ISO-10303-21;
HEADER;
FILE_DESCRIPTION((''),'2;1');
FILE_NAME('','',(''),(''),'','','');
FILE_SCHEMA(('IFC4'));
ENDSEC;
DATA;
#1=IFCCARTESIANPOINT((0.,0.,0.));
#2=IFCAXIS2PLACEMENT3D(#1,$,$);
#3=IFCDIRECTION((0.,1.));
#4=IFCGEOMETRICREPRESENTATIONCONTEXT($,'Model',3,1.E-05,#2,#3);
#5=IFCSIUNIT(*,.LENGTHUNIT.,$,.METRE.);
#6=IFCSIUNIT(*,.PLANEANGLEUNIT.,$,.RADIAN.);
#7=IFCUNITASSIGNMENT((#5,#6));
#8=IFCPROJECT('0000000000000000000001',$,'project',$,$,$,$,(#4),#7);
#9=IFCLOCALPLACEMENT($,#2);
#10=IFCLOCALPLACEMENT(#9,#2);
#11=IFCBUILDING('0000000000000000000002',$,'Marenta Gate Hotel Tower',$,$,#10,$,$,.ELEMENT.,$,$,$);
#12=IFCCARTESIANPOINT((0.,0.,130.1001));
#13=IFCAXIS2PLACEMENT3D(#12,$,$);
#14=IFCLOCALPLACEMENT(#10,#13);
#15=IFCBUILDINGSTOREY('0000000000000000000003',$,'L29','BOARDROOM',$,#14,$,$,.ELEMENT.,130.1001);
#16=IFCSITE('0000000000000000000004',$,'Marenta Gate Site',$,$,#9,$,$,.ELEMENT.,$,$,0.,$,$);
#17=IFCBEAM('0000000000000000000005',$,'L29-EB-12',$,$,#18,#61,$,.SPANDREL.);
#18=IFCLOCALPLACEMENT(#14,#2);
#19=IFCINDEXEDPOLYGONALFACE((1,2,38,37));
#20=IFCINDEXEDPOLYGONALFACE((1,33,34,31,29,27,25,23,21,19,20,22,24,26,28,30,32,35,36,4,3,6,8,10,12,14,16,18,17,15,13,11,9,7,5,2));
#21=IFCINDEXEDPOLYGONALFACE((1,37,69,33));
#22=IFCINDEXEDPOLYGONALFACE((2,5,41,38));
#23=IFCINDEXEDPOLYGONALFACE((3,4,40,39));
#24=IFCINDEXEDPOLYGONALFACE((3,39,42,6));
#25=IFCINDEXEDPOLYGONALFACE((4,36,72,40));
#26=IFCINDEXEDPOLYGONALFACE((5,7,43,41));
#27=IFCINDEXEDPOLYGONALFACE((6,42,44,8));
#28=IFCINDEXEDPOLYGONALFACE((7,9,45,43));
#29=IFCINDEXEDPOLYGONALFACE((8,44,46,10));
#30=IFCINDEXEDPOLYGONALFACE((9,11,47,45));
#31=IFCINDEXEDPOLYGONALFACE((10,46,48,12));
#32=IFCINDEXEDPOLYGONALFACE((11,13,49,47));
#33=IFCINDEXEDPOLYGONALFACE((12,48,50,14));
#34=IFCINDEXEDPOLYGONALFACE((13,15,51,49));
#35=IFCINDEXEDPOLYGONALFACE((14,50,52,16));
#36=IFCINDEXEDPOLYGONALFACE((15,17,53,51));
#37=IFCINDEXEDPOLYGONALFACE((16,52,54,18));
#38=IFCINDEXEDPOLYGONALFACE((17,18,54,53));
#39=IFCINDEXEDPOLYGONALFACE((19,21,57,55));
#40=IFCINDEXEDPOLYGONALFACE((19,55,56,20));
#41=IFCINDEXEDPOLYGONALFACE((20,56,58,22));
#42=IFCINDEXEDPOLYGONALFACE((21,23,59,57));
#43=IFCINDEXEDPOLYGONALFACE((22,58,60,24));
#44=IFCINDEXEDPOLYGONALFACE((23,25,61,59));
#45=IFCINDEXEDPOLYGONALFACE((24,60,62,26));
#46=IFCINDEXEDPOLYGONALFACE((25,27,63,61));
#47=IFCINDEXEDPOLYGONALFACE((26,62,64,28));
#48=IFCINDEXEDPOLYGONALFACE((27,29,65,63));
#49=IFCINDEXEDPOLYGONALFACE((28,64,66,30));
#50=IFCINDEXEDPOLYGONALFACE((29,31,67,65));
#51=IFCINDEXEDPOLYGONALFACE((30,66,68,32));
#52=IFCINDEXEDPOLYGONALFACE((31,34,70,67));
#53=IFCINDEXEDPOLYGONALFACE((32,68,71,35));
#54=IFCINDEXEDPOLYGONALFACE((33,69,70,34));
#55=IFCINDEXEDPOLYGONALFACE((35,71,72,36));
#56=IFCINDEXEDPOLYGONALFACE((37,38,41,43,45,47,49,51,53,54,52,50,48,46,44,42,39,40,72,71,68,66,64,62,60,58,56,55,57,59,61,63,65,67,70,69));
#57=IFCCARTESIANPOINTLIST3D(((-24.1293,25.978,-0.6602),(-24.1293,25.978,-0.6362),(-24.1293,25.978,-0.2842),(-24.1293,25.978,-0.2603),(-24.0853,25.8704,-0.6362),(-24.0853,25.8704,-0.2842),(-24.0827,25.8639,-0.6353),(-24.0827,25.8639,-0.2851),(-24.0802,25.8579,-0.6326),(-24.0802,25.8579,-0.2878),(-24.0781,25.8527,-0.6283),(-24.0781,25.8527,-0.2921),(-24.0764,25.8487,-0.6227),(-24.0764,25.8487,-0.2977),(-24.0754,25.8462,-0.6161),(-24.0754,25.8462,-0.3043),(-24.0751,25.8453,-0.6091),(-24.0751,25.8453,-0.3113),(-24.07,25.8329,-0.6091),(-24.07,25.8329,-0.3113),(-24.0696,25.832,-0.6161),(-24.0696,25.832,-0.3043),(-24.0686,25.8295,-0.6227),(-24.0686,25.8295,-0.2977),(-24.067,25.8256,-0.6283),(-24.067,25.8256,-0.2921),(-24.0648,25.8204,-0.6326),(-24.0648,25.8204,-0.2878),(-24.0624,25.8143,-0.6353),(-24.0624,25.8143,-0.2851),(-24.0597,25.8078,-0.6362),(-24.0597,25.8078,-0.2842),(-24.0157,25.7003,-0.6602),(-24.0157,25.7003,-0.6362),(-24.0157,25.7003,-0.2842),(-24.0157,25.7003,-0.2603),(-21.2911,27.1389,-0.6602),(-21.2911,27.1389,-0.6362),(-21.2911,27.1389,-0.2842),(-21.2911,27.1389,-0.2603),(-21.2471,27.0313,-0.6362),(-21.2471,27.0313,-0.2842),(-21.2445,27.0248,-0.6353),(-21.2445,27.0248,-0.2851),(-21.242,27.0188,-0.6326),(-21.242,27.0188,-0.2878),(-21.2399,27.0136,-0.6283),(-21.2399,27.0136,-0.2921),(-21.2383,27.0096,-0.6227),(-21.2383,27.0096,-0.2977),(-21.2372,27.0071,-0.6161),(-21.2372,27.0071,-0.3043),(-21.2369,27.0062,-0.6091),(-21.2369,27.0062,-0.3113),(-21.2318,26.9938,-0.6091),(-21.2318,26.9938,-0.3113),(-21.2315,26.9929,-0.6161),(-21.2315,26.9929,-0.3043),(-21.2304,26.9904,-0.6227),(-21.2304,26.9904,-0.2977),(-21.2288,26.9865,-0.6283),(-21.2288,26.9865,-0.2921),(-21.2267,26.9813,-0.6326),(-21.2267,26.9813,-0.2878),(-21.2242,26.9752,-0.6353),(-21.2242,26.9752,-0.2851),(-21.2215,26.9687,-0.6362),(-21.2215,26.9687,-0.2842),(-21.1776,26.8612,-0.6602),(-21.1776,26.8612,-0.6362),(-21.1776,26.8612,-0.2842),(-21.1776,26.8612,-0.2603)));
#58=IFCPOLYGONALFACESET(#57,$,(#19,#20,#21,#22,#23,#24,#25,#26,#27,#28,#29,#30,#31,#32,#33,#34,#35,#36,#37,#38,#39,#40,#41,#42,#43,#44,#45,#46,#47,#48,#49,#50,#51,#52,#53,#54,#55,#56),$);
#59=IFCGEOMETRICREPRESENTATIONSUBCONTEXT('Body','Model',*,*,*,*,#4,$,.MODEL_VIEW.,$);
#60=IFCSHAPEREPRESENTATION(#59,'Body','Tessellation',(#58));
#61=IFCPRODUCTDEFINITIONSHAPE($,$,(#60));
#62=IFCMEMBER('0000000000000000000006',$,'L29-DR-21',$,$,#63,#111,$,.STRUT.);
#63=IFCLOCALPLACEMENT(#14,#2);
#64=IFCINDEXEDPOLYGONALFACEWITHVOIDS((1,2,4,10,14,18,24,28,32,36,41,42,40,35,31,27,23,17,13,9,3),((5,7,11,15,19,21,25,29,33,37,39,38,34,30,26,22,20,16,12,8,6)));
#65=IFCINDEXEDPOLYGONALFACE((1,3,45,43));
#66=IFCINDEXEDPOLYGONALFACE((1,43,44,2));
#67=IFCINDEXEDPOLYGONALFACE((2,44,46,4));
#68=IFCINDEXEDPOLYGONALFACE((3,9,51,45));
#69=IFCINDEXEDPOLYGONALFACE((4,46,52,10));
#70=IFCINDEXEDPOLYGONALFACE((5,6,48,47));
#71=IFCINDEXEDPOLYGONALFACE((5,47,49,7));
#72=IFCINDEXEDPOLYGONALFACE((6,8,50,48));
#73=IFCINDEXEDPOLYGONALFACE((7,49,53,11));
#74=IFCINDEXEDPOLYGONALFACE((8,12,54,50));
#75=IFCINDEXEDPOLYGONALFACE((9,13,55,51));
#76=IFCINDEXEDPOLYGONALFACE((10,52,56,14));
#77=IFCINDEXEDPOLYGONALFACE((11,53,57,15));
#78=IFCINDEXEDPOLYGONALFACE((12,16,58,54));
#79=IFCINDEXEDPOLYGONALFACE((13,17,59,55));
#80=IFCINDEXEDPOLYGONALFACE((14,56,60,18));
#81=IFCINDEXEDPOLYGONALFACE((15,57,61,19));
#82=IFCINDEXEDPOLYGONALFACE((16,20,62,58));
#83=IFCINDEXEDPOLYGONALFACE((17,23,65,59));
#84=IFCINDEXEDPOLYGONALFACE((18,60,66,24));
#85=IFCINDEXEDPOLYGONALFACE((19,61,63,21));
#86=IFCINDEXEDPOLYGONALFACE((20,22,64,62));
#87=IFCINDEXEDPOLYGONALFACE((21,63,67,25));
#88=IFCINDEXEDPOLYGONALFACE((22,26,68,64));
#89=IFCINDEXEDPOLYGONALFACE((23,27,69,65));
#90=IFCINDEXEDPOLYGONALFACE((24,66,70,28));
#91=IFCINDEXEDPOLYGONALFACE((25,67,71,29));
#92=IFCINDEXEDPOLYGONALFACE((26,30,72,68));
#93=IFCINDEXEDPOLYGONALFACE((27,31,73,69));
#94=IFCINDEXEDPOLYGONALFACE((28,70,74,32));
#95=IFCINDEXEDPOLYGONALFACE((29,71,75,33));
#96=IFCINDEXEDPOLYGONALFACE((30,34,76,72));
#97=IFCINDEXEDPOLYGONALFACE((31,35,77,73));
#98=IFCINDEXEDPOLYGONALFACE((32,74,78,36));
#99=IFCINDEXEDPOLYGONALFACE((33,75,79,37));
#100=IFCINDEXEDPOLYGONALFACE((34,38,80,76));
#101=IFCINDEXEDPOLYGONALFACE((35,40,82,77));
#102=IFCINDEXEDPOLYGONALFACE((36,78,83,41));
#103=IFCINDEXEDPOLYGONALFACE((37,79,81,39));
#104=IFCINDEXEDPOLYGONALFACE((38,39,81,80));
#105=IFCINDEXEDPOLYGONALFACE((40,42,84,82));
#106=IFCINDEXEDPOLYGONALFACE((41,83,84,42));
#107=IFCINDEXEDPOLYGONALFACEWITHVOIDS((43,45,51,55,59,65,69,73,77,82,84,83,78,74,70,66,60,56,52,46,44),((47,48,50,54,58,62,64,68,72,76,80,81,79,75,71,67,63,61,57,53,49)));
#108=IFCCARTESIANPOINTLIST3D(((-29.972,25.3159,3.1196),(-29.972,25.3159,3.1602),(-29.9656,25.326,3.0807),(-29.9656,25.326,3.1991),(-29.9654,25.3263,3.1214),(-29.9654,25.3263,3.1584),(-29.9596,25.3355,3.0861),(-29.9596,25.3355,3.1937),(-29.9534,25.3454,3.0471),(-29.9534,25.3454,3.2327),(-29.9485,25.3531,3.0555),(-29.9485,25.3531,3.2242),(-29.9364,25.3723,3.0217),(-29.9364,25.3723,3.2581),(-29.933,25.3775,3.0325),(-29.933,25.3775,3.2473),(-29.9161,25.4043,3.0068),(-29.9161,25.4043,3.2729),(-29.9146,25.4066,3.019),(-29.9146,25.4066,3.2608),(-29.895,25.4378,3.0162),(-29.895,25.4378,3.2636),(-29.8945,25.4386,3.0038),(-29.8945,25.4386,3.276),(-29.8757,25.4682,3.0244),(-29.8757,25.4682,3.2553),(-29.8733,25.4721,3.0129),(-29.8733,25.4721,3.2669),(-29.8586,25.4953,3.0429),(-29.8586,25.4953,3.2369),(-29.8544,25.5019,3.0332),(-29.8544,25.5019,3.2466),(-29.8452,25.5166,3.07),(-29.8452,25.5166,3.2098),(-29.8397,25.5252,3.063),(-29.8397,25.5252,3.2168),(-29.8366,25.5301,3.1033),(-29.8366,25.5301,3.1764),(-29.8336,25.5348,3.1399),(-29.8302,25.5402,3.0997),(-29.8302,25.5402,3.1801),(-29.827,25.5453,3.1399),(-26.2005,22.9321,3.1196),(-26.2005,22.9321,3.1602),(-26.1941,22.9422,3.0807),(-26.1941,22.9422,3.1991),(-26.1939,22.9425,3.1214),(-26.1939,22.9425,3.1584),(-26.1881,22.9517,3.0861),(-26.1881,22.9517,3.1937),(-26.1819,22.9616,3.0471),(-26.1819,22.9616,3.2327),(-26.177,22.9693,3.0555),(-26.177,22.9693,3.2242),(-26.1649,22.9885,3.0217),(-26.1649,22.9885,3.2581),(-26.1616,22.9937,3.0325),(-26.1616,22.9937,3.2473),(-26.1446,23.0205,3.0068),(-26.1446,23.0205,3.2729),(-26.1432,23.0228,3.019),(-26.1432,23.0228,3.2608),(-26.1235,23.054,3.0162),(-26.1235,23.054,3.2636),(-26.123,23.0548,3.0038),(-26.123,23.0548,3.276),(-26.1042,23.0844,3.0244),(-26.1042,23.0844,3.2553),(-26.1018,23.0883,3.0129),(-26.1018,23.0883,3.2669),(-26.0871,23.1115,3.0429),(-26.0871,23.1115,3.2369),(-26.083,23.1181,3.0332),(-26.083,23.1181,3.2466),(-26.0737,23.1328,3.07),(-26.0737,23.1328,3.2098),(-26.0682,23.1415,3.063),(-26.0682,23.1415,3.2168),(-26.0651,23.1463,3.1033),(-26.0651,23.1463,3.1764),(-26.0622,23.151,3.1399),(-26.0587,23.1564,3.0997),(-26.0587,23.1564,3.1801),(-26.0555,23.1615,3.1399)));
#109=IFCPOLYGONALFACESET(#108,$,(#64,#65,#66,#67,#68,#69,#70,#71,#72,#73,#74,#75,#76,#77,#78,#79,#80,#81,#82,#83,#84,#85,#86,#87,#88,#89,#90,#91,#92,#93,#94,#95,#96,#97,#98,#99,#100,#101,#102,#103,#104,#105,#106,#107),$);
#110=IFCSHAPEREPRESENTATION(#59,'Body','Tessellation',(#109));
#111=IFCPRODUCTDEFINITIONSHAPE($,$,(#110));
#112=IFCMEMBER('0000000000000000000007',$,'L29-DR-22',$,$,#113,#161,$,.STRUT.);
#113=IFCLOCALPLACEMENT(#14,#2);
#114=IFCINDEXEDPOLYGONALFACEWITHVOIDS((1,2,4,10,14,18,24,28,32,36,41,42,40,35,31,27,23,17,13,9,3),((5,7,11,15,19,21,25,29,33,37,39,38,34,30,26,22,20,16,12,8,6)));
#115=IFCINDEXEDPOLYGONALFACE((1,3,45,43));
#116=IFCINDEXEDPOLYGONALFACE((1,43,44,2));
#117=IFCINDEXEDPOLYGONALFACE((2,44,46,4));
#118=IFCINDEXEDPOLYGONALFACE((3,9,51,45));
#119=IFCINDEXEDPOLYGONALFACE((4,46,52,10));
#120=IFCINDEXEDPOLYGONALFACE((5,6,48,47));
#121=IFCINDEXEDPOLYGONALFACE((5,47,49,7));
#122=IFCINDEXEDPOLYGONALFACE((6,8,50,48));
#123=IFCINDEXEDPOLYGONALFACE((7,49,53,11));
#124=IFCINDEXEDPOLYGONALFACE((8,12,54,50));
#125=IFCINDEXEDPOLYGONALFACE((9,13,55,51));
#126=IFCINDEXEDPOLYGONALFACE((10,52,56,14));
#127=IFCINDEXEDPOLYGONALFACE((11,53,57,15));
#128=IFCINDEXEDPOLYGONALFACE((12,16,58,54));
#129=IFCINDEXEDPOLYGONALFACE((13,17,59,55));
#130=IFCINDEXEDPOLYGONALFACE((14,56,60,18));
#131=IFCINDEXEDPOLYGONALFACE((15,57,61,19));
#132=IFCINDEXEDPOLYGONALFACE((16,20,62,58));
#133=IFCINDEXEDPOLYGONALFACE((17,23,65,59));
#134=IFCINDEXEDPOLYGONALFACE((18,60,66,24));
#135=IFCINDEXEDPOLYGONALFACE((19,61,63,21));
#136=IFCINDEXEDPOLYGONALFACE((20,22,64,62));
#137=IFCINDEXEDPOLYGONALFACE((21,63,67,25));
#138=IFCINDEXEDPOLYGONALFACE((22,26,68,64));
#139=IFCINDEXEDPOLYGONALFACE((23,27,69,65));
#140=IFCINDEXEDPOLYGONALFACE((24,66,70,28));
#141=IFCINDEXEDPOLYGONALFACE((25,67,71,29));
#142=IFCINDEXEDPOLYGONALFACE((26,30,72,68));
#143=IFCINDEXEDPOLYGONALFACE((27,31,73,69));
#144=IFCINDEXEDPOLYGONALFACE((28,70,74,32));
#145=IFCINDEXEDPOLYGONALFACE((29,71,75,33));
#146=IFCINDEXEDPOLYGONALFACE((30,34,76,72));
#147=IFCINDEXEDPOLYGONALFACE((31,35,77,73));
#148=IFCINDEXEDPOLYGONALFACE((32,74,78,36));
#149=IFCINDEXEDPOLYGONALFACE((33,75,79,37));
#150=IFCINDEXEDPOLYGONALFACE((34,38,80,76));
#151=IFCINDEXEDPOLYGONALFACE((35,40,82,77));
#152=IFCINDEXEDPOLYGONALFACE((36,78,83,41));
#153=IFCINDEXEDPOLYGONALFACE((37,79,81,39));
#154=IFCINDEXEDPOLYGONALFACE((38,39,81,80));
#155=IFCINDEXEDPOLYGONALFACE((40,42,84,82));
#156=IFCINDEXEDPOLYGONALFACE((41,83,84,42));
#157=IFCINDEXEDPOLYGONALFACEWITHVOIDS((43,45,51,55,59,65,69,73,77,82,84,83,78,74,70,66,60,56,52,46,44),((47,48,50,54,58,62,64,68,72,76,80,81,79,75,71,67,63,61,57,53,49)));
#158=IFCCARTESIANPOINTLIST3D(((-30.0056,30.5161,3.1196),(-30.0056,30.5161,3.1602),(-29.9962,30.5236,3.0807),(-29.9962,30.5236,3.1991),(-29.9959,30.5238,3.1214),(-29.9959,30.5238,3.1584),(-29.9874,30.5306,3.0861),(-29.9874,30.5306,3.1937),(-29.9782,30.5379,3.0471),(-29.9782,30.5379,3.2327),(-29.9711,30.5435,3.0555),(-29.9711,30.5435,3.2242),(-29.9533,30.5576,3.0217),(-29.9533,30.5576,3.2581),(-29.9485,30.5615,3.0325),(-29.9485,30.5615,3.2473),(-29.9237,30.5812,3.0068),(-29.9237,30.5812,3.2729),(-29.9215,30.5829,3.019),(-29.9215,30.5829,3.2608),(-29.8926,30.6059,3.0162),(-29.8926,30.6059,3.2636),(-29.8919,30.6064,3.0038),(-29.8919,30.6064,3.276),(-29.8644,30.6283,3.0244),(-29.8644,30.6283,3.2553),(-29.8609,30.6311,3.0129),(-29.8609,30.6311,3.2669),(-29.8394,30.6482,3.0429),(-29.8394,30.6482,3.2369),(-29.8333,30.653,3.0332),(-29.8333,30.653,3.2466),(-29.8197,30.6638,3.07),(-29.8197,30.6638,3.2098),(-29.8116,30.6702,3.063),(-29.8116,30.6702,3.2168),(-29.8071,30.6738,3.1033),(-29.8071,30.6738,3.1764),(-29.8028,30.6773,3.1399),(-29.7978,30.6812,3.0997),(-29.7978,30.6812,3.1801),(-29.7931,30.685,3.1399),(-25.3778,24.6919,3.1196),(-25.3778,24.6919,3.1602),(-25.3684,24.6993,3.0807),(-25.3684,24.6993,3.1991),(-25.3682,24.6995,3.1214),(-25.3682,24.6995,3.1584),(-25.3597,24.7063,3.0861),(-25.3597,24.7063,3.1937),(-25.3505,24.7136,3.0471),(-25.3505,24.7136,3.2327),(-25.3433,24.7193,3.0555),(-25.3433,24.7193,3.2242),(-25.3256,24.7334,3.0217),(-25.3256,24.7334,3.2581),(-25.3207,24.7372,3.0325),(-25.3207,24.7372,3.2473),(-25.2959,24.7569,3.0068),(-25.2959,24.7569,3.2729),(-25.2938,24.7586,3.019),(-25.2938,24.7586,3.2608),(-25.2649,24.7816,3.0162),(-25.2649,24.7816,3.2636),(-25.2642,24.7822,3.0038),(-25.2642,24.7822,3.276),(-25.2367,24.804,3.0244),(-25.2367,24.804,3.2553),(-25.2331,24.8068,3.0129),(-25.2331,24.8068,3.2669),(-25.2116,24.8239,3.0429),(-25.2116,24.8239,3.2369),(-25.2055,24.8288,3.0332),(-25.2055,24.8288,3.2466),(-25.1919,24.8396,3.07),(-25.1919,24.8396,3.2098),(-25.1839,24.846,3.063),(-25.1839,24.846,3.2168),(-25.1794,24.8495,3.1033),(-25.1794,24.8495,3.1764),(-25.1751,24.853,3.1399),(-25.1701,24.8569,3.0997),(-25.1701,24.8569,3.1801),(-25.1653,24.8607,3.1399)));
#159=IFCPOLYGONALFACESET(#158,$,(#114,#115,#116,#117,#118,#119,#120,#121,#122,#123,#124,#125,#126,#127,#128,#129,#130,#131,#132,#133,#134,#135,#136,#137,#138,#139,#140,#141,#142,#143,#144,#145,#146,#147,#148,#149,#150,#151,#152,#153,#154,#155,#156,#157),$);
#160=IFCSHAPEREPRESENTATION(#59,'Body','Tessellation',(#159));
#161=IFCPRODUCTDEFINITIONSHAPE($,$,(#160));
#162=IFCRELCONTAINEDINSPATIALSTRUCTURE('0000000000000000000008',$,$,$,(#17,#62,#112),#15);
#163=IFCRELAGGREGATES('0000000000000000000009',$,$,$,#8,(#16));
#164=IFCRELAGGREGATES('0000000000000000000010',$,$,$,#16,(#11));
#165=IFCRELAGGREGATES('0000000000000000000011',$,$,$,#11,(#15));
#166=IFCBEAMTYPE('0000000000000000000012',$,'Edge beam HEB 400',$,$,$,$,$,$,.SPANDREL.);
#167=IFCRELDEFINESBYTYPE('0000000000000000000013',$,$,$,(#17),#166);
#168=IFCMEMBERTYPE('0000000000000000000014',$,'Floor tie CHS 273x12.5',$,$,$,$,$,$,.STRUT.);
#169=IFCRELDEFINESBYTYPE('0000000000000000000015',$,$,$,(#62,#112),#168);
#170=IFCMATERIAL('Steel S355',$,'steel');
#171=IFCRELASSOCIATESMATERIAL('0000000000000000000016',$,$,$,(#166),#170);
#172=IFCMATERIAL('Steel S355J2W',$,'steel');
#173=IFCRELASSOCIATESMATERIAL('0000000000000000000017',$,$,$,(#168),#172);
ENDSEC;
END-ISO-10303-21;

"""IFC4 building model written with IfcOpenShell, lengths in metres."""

from ifc_helpers import new_model, si_unit, direction, frame, origin, origin_2d, place, context, subcontext, project, spatial, hollow_circle, i_section, extrude, material, material_profile, profile_set, type_object, element, save


model = new_model("IFC4")

# Units and contexts
model_context = context("Model", 3, precision=1e-05, world=origin(), true_north=direction((0.0, 1.0)))
body_context = subcontext(model_context, "Body", "Model", "MODEL_VIEW")
ifc_project = project(units=[si_unit("LENGTHUNIT", "METRE"), si_unit("PLANEANGLEUNIT", "RADIAN")], contexts=[model_context])

# Site, building, storey
site_placement = place(None, origin())
site = spatial("IfcSite", under=ifc_project, at=site_placement, Name="Marenta Gate Site", CompositionType="ELEMENT", RefElevation=0.0)
building_placement = place(site_placement, origin())
building = spatial("IfcBuilding", under=site, at=building_placement, Name="Marenta Gate Hotel Tower", CompositionType="ELEMENT")
storey_placement = place(building_placement, frame((0.0, 0.0, 130.1001)))
storey = spatial("IfcBuildingStorey", under=building, at=storey_placement, Name="L29", Description="BOARDROOM", CompositionType="ELEMENT", Elevation=130.1001)

# Beam
ifc_material_1 = material(Name="Steel S355", Category="steel")
ifc_material_profile_1 = material_profile(ifc_material_1, i_section(OverallWidth=0.3, OverallDepth=0.3999, WebThickness=0.0134, FlangeThickness=0.0239, FilletRadius=0.0271, at=origin_2d()), Name="HEB 400")
ifc_profile_set_1 = profile_set([ifc_material_profile_1], Name="Steel S355")
beam_type_1 = type_object("IfcBeamType", Name="Edge beam HEB 400", PredefinedType="SPANDREL", material=ifc_profile_set_1)
beam_1_placement = place(storey_placement, frame((-24.0725, 25.8391, -0.4602), z_axis=(0.925566, 0.378586, 0.0), x_axis=(-0.378586, 0.925566, 0.0)))
element("IfcBeam", 1, at=beam_1_placement, inside=storey, type_object=beam_type_1, Name="L29-EB-12", PredefinedType="SPANDREL", context=body_context, shape_type="SweptSolid", body=[
    extrude(i_section(OverallWidth=0.3, OverallDepth=0.3999, WebThickness=0.0134, FlangeThickness=0.0239, FilletRadius=0.0271, at=origin_2d()), origin(), (0.0, 0.0, 1.0), 3.0664),
])

# Members
ifc_material_2 = material(Name="Steel S355J2W", Category="steel")
ifc_material_profile_2 = material_profile(ifc_material_2, hollow_circle(Radius=0.1365, WallThickness=0.0125, at=origin_2d()), Name="CHS 273x12.5")
ifc_profile_set_2 = profile_set([ifc_material_profile_2], Name="Steel S355J2W")
member_type_1 = type_object("IfcMemberType", Name="Floor tie CHS 273x12.5", PredefinedType="STRUT", material=ifc_profile_set_2)
member_1_placement = place(storey_placement, frame((-29.8999, 25.4299, 3.1399), z_axis=(0.845307, -0.534281, 0.0), x_axis=(0.534281, 0.845307, 0.0)))
element("IfcMember", 2, at=member_1_placement, inside=storey, type_object=member_type_1, Name="L29-DR-21", PredefinedType="STRUT", context=body_context, shape_type="SweptSolid", body=[
    extrude(hollow_circle(Radius=0.1365, WallThickness=0.0125, at=origin_2d()), origin(), (0.0, 0.0, 1.0), 4.4617),
])
member_2_placement = place(storey_placement, frame((-29.8999, 30.6001, 3.1399), z_axis=(0.622094, -0.782943, 0.0), x_axis=(0.782943, 0.622094, 0.0)))
element("IfcMember", 3, at=member_2_placement, inside=storey, type_object=member_type_1, Name="L29-DR-22", PredefinedType="STRUT", context=body_context, shape_type="SweptSolid", body=[
    extrude(hollow_circle(Radius=0.1365, WallThickness=0.0125, at=origin_2d()), origin(), (0.0, 0.0, 1.0), 7.439),
])

save(model, "model.ifc")
